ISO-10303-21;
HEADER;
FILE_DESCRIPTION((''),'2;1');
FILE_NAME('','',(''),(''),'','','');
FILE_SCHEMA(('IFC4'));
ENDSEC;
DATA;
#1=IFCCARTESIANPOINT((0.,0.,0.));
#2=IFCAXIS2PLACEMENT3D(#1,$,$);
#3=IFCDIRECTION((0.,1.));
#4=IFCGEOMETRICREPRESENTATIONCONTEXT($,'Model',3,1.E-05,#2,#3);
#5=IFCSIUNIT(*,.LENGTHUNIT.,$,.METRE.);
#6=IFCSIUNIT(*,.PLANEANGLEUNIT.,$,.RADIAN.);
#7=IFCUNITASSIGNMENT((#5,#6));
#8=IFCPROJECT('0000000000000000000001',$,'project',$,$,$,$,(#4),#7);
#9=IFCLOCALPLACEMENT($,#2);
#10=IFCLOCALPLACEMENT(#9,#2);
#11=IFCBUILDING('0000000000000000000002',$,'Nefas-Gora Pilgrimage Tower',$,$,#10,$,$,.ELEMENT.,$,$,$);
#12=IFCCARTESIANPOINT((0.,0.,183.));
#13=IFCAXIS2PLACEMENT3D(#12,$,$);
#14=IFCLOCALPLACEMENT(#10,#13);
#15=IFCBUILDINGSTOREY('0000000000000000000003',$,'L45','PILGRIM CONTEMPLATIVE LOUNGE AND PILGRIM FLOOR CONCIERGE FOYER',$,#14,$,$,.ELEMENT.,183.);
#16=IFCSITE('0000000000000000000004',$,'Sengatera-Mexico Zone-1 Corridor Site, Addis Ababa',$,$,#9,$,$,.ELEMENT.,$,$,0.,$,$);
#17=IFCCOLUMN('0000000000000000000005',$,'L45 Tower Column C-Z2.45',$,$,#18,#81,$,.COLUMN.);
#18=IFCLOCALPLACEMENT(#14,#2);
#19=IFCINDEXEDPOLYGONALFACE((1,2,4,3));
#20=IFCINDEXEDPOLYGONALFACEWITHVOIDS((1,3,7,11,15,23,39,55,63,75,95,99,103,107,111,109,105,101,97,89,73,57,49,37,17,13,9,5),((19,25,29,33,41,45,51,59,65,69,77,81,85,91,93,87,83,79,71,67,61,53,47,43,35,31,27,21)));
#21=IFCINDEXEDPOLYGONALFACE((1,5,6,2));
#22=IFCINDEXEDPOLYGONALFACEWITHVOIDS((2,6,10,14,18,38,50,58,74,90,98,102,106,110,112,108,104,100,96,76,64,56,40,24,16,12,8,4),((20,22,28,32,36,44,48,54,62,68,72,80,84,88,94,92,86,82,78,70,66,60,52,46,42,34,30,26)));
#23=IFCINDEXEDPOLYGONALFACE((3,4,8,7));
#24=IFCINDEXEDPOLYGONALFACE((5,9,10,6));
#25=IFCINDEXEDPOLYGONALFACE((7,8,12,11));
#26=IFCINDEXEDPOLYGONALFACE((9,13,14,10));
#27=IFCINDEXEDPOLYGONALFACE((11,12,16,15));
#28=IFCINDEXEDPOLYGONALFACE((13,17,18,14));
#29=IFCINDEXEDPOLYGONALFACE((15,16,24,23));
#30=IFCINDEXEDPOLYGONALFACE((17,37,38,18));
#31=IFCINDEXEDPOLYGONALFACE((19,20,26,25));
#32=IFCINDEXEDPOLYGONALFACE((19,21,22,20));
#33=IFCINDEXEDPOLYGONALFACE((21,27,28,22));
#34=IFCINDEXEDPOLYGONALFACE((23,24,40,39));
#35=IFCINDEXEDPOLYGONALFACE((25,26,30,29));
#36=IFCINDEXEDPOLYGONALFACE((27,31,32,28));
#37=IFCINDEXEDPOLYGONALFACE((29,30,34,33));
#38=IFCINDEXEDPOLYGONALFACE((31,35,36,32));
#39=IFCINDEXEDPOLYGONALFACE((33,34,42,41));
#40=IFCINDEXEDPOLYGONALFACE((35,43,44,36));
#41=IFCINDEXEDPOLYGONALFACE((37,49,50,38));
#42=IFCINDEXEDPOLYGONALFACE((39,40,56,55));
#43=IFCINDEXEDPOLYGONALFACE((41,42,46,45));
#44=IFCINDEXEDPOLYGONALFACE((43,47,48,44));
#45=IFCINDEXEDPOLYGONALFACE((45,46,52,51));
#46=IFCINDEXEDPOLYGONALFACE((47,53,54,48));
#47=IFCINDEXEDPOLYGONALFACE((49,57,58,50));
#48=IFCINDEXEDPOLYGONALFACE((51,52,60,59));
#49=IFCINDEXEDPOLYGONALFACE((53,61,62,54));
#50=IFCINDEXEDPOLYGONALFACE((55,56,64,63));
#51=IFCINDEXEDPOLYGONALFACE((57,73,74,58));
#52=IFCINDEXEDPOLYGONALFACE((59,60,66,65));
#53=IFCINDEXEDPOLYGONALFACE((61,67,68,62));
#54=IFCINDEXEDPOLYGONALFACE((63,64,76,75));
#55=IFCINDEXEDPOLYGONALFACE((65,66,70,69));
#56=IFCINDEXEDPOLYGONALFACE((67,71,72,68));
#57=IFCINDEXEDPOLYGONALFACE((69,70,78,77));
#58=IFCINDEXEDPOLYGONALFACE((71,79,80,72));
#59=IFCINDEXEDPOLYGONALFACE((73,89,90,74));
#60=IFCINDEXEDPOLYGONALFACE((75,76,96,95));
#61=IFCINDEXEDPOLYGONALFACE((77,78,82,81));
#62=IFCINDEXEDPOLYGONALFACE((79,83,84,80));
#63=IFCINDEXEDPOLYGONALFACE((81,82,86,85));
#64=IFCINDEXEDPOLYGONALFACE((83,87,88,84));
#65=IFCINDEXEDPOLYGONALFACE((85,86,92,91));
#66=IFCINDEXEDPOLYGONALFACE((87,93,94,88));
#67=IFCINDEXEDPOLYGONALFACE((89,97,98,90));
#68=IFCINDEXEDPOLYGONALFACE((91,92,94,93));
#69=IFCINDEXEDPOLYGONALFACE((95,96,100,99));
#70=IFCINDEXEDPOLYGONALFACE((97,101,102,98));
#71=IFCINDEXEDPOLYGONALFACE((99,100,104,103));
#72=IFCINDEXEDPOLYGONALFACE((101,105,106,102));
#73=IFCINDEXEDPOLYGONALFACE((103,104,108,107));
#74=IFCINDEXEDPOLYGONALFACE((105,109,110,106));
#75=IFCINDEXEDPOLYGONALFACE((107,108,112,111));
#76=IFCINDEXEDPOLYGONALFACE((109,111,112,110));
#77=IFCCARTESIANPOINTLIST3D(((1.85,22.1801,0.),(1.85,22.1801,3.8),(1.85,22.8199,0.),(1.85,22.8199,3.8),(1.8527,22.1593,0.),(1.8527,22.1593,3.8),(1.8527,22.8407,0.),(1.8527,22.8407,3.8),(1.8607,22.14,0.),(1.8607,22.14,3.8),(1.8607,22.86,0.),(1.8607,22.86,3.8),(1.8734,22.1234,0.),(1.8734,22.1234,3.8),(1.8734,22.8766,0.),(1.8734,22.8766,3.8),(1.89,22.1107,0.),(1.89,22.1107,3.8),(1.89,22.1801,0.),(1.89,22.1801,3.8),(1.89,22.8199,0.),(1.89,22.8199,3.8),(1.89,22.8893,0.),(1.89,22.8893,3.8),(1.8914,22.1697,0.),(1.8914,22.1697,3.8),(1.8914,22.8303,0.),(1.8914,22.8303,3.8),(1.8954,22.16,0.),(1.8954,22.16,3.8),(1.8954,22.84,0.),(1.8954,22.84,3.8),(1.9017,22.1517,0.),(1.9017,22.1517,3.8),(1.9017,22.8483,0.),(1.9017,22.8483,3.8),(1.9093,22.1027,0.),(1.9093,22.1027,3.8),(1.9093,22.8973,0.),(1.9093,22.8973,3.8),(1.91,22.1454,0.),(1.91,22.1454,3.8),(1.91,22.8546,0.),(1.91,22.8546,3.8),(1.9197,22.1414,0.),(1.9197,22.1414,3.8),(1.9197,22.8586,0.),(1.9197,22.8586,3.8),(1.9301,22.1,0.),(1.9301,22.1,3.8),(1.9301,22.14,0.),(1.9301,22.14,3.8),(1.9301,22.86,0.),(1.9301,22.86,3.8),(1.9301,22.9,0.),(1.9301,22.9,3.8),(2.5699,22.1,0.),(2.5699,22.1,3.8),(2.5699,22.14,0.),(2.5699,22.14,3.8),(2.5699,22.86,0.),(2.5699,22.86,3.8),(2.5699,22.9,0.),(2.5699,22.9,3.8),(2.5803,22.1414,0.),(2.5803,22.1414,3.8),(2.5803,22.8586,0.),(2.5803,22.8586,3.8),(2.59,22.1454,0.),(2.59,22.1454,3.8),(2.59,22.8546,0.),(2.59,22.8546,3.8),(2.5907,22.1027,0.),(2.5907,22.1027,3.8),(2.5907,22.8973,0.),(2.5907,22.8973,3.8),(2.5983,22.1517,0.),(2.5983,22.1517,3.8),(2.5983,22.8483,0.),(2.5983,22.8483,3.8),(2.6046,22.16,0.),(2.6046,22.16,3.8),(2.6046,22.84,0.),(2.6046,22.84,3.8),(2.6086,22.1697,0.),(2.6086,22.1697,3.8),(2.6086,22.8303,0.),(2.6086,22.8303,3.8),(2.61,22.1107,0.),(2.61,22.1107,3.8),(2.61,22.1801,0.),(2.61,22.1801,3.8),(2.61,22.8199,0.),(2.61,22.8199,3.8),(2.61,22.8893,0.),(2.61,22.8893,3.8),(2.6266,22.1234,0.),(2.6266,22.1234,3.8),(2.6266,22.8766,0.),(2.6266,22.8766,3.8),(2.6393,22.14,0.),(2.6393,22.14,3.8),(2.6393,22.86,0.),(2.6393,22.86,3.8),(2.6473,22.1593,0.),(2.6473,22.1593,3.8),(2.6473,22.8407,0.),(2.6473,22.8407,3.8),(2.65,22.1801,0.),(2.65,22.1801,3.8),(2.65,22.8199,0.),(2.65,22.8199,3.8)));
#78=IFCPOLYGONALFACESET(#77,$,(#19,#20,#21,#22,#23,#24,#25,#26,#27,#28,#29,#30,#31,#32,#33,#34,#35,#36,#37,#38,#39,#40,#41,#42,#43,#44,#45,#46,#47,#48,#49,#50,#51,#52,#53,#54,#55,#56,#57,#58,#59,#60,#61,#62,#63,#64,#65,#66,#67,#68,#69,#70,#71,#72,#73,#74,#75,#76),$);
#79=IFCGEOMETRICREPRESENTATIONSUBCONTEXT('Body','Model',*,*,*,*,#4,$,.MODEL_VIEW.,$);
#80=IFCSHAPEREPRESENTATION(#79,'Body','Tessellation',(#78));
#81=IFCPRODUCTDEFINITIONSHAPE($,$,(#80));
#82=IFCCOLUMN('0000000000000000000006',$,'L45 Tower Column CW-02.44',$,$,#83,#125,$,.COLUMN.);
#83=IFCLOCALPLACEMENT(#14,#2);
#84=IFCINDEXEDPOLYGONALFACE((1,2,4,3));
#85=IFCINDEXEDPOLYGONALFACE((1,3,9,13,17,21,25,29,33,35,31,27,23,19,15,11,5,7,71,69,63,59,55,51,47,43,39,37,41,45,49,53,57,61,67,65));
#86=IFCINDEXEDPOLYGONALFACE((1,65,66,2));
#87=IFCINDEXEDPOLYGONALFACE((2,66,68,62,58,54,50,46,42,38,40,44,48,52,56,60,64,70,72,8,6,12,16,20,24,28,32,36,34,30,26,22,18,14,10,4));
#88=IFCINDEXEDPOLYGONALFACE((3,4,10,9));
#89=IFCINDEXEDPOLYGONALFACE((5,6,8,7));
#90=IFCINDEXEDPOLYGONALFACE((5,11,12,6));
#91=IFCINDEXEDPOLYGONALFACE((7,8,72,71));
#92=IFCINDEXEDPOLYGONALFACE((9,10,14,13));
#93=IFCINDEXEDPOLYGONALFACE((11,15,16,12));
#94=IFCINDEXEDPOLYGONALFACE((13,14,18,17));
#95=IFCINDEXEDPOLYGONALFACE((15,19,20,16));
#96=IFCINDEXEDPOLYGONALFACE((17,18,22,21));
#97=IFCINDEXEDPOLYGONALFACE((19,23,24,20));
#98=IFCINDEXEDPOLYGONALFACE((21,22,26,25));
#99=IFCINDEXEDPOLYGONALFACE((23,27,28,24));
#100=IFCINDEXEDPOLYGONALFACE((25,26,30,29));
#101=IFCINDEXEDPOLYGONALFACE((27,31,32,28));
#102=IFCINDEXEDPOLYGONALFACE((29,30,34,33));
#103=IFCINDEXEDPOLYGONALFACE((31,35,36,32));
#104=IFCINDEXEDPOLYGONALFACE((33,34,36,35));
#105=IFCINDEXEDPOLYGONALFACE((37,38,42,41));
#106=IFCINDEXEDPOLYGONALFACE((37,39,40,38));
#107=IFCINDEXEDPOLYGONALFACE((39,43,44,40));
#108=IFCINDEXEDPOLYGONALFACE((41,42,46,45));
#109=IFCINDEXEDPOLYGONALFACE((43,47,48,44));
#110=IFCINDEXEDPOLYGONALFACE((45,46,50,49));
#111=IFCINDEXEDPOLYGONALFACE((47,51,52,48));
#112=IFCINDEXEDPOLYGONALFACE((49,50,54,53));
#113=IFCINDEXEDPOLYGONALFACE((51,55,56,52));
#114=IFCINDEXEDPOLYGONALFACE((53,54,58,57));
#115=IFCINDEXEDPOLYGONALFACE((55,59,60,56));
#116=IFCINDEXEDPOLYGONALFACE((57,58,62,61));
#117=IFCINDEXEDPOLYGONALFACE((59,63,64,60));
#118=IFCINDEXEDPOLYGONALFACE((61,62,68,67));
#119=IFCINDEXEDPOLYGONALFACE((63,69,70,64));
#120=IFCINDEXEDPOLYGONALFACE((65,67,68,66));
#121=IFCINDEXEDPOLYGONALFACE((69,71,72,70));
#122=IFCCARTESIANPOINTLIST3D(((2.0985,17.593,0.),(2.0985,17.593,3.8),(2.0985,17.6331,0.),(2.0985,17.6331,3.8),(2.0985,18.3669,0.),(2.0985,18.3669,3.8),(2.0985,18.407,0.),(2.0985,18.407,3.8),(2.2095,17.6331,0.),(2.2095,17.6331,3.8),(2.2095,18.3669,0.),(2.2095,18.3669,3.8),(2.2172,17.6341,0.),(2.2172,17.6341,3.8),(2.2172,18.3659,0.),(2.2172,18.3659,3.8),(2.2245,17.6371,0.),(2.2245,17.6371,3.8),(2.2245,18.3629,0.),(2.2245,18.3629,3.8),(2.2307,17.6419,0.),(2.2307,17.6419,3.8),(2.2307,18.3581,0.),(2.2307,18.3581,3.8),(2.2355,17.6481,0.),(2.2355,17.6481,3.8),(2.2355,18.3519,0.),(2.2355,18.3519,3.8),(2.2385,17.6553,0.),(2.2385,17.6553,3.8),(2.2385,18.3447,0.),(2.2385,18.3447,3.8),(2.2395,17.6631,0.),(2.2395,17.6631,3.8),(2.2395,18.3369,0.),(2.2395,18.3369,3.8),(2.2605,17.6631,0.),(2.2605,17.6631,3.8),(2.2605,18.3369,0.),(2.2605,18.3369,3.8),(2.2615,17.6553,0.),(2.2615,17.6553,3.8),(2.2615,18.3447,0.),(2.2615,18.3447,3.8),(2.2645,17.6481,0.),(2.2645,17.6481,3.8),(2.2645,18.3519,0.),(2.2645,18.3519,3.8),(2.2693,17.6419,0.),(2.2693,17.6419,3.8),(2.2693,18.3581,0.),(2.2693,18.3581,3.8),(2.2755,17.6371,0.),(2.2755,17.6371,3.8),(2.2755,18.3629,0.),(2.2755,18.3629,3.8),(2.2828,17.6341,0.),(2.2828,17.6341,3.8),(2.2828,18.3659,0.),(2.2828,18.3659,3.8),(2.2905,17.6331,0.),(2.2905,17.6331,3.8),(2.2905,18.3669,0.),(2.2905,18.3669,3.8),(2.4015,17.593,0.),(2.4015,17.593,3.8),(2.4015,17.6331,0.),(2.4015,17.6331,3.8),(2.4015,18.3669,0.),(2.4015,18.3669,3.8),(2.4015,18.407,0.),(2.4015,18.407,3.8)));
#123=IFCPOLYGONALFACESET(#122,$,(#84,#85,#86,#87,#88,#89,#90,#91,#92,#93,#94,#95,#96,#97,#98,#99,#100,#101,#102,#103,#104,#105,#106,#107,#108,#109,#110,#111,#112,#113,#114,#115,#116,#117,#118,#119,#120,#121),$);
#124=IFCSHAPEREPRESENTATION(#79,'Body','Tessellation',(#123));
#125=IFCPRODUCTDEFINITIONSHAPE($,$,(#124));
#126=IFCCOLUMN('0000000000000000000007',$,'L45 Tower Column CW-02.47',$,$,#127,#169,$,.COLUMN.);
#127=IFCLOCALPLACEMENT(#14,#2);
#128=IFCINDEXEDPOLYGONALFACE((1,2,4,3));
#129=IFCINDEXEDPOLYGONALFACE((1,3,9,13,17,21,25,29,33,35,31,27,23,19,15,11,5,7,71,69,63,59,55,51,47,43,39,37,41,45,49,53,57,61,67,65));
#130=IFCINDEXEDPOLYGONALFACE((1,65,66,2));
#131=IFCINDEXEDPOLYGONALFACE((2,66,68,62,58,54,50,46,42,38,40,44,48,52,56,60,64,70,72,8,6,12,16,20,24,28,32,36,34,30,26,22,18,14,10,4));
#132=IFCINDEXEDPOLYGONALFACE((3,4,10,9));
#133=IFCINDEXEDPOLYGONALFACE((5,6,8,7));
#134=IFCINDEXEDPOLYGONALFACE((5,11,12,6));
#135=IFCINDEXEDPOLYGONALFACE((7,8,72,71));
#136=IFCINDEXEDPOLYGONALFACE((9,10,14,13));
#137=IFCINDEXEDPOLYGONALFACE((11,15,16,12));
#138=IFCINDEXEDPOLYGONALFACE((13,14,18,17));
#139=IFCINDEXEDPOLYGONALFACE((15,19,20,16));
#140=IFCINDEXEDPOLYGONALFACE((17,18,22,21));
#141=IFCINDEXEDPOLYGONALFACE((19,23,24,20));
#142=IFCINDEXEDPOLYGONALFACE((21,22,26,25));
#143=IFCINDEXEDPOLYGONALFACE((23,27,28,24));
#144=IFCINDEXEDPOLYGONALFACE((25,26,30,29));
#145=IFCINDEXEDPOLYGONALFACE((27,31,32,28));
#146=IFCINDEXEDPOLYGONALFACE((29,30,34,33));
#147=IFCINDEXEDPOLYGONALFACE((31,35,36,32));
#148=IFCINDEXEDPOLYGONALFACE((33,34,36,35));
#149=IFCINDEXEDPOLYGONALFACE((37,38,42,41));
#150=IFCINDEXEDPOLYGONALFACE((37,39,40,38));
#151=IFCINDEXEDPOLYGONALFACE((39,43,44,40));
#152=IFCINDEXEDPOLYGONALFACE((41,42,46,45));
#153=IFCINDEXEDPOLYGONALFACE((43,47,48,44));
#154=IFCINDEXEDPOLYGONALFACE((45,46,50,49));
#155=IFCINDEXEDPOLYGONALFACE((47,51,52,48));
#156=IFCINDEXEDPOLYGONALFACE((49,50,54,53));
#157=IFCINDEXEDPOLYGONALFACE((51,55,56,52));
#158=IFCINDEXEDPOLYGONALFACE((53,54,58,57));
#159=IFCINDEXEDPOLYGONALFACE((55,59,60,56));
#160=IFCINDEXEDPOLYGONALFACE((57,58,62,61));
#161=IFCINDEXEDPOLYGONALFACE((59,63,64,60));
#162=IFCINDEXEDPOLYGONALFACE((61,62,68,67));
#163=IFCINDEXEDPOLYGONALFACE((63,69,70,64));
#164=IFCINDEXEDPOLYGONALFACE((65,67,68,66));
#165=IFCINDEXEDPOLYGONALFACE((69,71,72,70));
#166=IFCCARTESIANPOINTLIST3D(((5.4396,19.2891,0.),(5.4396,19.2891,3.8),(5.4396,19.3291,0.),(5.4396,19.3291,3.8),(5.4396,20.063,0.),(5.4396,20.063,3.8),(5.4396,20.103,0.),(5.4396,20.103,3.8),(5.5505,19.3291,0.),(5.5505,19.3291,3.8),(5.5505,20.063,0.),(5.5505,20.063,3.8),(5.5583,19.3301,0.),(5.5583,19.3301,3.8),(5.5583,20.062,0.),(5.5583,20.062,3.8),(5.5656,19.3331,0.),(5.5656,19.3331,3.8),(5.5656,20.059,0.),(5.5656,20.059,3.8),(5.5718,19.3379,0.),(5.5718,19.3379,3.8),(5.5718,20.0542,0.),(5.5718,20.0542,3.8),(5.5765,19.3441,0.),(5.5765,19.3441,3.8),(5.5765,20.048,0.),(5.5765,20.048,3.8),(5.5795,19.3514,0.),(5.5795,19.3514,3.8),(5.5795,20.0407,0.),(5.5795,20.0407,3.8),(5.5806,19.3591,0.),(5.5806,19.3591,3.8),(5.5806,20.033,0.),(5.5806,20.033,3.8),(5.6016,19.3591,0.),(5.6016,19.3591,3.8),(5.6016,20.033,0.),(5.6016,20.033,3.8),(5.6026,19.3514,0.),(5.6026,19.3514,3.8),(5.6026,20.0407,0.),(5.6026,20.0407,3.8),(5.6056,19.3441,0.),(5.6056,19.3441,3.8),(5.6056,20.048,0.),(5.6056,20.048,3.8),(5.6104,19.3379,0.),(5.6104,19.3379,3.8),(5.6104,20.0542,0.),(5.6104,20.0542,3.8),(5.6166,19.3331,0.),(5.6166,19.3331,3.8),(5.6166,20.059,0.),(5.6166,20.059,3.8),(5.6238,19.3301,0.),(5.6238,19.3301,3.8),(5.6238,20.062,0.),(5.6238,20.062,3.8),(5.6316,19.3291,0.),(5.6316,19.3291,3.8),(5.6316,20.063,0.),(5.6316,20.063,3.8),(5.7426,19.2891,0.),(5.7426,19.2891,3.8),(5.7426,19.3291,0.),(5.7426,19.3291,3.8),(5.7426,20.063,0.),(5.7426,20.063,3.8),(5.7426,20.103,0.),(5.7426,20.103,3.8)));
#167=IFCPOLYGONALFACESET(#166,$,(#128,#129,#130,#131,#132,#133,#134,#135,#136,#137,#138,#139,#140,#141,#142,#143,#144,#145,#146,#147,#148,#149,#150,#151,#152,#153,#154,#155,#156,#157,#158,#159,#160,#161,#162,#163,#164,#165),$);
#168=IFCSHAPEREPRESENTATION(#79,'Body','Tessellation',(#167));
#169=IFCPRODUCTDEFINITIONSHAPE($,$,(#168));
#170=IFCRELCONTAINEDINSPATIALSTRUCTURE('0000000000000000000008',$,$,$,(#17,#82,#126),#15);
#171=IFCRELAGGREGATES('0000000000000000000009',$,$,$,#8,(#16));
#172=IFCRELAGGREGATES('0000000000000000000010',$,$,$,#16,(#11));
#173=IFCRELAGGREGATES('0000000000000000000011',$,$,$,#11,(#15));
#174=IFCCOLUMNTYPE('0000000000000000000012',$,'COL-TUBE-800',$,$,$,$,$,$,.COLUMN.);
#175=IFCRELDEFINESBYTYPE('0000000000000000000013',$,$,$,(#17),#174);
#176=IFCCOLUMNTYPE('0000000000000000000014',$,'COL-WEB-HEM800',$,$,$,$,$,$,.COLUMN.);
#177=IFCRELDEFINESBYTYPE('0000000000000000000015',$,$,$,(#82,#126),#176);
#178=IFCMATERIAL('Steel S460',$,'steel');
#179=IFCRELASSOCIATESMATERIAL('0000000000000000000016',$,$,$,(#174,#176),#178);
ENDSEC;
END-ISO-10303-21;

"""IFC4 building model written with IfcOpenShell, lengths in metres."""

from ifc_helpers import new_model, si_unit, direction, frame, origin, origin_2d, place, context, subcontext, project, spatial, hollow_rectangle, i_section, extrude, source, transform, mapped, material, material_profile, profile_set, type_object, element, save


model = new_model("IFC4")

# Units and contexts
model_context = context("Model", 3, precision=1e-05, world=origin(), true_north=direction((0.0, 1.0)))
body_context = subcontext(model_context, "Body", "Model", "MODEL_VIEW")
ifc_project = project(units=[si_unit("LENGTHUNIT", "METRE"), si_unit("PLANEANGLEUNIT", "RADIAN")], contexts=[model_context])

# Site, building, storey
site_placement = place(None, origin())
site = spatial("IfcSite", under=ifc_project, at=site_placement, Name="Sengatera-Mexico Zone-1 Corridor Site, Addis Ababa", CompositionType="ELEMENT", RefElevation=0.0)
building_placement = place(site_placement, origin())
building = spatial("IfcBuilding", under=site, at=building_placement, Name="Nefas-Gora Pilgrimage Tower", CompositionType="ELEMENT")
storey_placement = place(building_placement, frame((0.0, 0.0, 183.0)))
storey = spatial("IfcBuildingStorey", under=building, at=storey_placement, Name="L45", Description="PILGRIM CONTEMPLATIVE LOUNGE AND PILGRIM FLOOR CONCIERGE FOYER", CompositionType="ELEMENT", Elevation=183.0)

# Columns
ifc_material_1 = material(Name="Steel S460", Category="steel")
ifc_material_profile_1 = material_profile(ifc_material_1, hollow_rectangle(XDim=0.8, YDim=0.8, WallThickness=0.04, InnerFilletRadius=0.04, OuterFilletRadius=0.0801, at=origin_2d()), Name="BOX 800x800x40")
ifc_profile_set_1 = profile_set([ifc_material_profile_1], Name="Steel S460")
column_type_1 = type_object("IfcColumnType", Name="COL-TUBE-800", PredefinedType="COLUMN", material=ifc_profile_set_1)
shared_shape_1 = source(origin(), body_context, "Body", "SweptSolid", [
    extrude(hollow_rectangle(XDim=0.8, YDim=0.8, WallThickness=0.04, InnerFilletRadius=0.04, OuterFilletRadius=0.0801, at=origin_2d()), origin(), (0.0, 0.0, 1.0), 3.8),
])
column_placement = place(storey_placement, frame((2.25, 22.5, 0.0), z_axis=(0.0, 0.0, 1.0), x_axis=(1.0, 0.0, 0.0)))
element("IfcColumn", 1, at=column_placement, inside=storey, type_object=column_type_1, Name="L45 Tower Column C-Z2.45", PredefinedType="COLUMN", context=body_context, shape_type="MappedRepresentation", body=[
    mapped(shared_shape_1, transform((0.0, 0.0, 0.0), x_axis=(1.0, 0.0, 0.0), y_axis=(0.0, 1.0, 0.0), z_axis=(0.0, 0.0, 1.0), scale=1.0)),
])
ifc_material_profile_2 = material_profile(ifc_material_1, i_section(OverallWidth=0.303, OverallDepth=0.814, WebThickness=0.021, FlangeThickness=0.04, FilletRadius=0.03, at=origin_2d()), Name="HEM 800")
ifc_profile_set_2 = profile_set([ifc_material_profile_2], Name="Steel S460")
column_type_2 = type_object("IfcColumnType", Name="COL-WEB-HEM800", PredefinedType="COLUMN", material=ifc_profile_set_2)
shared_shape_2 = source(origin(), body_context, "Body", "SweptSolid", [
    extrude(i_section(OverallWidth=0.303, OverallDepth=0.814, WebThickness=0.021, FlangeThickness=0.04, FilletRadius=0.03, at=origin_2d()), origin(), (0.0, 0.0, 1.0), 3.8),
])
for number, where, z_axis, x_axis, name in (
    (2, (2.25, 18.0, 0.0), (0.0, 0.0, 1.0), (1.0, 0.0, 0.0), "L45 Tower Column CW-02.44"),
    (3, (5.5911, 19.696, 0.0), (0.0, 0.0, 1.0), (1.0, 0.0, 0.0), "L45 Tower Column CW-02.47"),
):
    element("IfcColumn", number, at=place(storey_placement, frame(where, z_axis=z_axis, x_axis=x_axis)), inside=storey, type_object=column_type_2, Name=name, PredefinedType="COLUMN", context=body_context, shape_type="MappedRepresentation", body=[
        mapped(shared_shape_2, transform((0.0, 0.0, 0.0), x_axis=(1.0, 0.0, 0.0), y_axis=(0.0, 1.0, 0.0), z_axis=(0.0, 0.0, 1.0), scale=1.0)),
    ])

save(model, "model.ifc")
